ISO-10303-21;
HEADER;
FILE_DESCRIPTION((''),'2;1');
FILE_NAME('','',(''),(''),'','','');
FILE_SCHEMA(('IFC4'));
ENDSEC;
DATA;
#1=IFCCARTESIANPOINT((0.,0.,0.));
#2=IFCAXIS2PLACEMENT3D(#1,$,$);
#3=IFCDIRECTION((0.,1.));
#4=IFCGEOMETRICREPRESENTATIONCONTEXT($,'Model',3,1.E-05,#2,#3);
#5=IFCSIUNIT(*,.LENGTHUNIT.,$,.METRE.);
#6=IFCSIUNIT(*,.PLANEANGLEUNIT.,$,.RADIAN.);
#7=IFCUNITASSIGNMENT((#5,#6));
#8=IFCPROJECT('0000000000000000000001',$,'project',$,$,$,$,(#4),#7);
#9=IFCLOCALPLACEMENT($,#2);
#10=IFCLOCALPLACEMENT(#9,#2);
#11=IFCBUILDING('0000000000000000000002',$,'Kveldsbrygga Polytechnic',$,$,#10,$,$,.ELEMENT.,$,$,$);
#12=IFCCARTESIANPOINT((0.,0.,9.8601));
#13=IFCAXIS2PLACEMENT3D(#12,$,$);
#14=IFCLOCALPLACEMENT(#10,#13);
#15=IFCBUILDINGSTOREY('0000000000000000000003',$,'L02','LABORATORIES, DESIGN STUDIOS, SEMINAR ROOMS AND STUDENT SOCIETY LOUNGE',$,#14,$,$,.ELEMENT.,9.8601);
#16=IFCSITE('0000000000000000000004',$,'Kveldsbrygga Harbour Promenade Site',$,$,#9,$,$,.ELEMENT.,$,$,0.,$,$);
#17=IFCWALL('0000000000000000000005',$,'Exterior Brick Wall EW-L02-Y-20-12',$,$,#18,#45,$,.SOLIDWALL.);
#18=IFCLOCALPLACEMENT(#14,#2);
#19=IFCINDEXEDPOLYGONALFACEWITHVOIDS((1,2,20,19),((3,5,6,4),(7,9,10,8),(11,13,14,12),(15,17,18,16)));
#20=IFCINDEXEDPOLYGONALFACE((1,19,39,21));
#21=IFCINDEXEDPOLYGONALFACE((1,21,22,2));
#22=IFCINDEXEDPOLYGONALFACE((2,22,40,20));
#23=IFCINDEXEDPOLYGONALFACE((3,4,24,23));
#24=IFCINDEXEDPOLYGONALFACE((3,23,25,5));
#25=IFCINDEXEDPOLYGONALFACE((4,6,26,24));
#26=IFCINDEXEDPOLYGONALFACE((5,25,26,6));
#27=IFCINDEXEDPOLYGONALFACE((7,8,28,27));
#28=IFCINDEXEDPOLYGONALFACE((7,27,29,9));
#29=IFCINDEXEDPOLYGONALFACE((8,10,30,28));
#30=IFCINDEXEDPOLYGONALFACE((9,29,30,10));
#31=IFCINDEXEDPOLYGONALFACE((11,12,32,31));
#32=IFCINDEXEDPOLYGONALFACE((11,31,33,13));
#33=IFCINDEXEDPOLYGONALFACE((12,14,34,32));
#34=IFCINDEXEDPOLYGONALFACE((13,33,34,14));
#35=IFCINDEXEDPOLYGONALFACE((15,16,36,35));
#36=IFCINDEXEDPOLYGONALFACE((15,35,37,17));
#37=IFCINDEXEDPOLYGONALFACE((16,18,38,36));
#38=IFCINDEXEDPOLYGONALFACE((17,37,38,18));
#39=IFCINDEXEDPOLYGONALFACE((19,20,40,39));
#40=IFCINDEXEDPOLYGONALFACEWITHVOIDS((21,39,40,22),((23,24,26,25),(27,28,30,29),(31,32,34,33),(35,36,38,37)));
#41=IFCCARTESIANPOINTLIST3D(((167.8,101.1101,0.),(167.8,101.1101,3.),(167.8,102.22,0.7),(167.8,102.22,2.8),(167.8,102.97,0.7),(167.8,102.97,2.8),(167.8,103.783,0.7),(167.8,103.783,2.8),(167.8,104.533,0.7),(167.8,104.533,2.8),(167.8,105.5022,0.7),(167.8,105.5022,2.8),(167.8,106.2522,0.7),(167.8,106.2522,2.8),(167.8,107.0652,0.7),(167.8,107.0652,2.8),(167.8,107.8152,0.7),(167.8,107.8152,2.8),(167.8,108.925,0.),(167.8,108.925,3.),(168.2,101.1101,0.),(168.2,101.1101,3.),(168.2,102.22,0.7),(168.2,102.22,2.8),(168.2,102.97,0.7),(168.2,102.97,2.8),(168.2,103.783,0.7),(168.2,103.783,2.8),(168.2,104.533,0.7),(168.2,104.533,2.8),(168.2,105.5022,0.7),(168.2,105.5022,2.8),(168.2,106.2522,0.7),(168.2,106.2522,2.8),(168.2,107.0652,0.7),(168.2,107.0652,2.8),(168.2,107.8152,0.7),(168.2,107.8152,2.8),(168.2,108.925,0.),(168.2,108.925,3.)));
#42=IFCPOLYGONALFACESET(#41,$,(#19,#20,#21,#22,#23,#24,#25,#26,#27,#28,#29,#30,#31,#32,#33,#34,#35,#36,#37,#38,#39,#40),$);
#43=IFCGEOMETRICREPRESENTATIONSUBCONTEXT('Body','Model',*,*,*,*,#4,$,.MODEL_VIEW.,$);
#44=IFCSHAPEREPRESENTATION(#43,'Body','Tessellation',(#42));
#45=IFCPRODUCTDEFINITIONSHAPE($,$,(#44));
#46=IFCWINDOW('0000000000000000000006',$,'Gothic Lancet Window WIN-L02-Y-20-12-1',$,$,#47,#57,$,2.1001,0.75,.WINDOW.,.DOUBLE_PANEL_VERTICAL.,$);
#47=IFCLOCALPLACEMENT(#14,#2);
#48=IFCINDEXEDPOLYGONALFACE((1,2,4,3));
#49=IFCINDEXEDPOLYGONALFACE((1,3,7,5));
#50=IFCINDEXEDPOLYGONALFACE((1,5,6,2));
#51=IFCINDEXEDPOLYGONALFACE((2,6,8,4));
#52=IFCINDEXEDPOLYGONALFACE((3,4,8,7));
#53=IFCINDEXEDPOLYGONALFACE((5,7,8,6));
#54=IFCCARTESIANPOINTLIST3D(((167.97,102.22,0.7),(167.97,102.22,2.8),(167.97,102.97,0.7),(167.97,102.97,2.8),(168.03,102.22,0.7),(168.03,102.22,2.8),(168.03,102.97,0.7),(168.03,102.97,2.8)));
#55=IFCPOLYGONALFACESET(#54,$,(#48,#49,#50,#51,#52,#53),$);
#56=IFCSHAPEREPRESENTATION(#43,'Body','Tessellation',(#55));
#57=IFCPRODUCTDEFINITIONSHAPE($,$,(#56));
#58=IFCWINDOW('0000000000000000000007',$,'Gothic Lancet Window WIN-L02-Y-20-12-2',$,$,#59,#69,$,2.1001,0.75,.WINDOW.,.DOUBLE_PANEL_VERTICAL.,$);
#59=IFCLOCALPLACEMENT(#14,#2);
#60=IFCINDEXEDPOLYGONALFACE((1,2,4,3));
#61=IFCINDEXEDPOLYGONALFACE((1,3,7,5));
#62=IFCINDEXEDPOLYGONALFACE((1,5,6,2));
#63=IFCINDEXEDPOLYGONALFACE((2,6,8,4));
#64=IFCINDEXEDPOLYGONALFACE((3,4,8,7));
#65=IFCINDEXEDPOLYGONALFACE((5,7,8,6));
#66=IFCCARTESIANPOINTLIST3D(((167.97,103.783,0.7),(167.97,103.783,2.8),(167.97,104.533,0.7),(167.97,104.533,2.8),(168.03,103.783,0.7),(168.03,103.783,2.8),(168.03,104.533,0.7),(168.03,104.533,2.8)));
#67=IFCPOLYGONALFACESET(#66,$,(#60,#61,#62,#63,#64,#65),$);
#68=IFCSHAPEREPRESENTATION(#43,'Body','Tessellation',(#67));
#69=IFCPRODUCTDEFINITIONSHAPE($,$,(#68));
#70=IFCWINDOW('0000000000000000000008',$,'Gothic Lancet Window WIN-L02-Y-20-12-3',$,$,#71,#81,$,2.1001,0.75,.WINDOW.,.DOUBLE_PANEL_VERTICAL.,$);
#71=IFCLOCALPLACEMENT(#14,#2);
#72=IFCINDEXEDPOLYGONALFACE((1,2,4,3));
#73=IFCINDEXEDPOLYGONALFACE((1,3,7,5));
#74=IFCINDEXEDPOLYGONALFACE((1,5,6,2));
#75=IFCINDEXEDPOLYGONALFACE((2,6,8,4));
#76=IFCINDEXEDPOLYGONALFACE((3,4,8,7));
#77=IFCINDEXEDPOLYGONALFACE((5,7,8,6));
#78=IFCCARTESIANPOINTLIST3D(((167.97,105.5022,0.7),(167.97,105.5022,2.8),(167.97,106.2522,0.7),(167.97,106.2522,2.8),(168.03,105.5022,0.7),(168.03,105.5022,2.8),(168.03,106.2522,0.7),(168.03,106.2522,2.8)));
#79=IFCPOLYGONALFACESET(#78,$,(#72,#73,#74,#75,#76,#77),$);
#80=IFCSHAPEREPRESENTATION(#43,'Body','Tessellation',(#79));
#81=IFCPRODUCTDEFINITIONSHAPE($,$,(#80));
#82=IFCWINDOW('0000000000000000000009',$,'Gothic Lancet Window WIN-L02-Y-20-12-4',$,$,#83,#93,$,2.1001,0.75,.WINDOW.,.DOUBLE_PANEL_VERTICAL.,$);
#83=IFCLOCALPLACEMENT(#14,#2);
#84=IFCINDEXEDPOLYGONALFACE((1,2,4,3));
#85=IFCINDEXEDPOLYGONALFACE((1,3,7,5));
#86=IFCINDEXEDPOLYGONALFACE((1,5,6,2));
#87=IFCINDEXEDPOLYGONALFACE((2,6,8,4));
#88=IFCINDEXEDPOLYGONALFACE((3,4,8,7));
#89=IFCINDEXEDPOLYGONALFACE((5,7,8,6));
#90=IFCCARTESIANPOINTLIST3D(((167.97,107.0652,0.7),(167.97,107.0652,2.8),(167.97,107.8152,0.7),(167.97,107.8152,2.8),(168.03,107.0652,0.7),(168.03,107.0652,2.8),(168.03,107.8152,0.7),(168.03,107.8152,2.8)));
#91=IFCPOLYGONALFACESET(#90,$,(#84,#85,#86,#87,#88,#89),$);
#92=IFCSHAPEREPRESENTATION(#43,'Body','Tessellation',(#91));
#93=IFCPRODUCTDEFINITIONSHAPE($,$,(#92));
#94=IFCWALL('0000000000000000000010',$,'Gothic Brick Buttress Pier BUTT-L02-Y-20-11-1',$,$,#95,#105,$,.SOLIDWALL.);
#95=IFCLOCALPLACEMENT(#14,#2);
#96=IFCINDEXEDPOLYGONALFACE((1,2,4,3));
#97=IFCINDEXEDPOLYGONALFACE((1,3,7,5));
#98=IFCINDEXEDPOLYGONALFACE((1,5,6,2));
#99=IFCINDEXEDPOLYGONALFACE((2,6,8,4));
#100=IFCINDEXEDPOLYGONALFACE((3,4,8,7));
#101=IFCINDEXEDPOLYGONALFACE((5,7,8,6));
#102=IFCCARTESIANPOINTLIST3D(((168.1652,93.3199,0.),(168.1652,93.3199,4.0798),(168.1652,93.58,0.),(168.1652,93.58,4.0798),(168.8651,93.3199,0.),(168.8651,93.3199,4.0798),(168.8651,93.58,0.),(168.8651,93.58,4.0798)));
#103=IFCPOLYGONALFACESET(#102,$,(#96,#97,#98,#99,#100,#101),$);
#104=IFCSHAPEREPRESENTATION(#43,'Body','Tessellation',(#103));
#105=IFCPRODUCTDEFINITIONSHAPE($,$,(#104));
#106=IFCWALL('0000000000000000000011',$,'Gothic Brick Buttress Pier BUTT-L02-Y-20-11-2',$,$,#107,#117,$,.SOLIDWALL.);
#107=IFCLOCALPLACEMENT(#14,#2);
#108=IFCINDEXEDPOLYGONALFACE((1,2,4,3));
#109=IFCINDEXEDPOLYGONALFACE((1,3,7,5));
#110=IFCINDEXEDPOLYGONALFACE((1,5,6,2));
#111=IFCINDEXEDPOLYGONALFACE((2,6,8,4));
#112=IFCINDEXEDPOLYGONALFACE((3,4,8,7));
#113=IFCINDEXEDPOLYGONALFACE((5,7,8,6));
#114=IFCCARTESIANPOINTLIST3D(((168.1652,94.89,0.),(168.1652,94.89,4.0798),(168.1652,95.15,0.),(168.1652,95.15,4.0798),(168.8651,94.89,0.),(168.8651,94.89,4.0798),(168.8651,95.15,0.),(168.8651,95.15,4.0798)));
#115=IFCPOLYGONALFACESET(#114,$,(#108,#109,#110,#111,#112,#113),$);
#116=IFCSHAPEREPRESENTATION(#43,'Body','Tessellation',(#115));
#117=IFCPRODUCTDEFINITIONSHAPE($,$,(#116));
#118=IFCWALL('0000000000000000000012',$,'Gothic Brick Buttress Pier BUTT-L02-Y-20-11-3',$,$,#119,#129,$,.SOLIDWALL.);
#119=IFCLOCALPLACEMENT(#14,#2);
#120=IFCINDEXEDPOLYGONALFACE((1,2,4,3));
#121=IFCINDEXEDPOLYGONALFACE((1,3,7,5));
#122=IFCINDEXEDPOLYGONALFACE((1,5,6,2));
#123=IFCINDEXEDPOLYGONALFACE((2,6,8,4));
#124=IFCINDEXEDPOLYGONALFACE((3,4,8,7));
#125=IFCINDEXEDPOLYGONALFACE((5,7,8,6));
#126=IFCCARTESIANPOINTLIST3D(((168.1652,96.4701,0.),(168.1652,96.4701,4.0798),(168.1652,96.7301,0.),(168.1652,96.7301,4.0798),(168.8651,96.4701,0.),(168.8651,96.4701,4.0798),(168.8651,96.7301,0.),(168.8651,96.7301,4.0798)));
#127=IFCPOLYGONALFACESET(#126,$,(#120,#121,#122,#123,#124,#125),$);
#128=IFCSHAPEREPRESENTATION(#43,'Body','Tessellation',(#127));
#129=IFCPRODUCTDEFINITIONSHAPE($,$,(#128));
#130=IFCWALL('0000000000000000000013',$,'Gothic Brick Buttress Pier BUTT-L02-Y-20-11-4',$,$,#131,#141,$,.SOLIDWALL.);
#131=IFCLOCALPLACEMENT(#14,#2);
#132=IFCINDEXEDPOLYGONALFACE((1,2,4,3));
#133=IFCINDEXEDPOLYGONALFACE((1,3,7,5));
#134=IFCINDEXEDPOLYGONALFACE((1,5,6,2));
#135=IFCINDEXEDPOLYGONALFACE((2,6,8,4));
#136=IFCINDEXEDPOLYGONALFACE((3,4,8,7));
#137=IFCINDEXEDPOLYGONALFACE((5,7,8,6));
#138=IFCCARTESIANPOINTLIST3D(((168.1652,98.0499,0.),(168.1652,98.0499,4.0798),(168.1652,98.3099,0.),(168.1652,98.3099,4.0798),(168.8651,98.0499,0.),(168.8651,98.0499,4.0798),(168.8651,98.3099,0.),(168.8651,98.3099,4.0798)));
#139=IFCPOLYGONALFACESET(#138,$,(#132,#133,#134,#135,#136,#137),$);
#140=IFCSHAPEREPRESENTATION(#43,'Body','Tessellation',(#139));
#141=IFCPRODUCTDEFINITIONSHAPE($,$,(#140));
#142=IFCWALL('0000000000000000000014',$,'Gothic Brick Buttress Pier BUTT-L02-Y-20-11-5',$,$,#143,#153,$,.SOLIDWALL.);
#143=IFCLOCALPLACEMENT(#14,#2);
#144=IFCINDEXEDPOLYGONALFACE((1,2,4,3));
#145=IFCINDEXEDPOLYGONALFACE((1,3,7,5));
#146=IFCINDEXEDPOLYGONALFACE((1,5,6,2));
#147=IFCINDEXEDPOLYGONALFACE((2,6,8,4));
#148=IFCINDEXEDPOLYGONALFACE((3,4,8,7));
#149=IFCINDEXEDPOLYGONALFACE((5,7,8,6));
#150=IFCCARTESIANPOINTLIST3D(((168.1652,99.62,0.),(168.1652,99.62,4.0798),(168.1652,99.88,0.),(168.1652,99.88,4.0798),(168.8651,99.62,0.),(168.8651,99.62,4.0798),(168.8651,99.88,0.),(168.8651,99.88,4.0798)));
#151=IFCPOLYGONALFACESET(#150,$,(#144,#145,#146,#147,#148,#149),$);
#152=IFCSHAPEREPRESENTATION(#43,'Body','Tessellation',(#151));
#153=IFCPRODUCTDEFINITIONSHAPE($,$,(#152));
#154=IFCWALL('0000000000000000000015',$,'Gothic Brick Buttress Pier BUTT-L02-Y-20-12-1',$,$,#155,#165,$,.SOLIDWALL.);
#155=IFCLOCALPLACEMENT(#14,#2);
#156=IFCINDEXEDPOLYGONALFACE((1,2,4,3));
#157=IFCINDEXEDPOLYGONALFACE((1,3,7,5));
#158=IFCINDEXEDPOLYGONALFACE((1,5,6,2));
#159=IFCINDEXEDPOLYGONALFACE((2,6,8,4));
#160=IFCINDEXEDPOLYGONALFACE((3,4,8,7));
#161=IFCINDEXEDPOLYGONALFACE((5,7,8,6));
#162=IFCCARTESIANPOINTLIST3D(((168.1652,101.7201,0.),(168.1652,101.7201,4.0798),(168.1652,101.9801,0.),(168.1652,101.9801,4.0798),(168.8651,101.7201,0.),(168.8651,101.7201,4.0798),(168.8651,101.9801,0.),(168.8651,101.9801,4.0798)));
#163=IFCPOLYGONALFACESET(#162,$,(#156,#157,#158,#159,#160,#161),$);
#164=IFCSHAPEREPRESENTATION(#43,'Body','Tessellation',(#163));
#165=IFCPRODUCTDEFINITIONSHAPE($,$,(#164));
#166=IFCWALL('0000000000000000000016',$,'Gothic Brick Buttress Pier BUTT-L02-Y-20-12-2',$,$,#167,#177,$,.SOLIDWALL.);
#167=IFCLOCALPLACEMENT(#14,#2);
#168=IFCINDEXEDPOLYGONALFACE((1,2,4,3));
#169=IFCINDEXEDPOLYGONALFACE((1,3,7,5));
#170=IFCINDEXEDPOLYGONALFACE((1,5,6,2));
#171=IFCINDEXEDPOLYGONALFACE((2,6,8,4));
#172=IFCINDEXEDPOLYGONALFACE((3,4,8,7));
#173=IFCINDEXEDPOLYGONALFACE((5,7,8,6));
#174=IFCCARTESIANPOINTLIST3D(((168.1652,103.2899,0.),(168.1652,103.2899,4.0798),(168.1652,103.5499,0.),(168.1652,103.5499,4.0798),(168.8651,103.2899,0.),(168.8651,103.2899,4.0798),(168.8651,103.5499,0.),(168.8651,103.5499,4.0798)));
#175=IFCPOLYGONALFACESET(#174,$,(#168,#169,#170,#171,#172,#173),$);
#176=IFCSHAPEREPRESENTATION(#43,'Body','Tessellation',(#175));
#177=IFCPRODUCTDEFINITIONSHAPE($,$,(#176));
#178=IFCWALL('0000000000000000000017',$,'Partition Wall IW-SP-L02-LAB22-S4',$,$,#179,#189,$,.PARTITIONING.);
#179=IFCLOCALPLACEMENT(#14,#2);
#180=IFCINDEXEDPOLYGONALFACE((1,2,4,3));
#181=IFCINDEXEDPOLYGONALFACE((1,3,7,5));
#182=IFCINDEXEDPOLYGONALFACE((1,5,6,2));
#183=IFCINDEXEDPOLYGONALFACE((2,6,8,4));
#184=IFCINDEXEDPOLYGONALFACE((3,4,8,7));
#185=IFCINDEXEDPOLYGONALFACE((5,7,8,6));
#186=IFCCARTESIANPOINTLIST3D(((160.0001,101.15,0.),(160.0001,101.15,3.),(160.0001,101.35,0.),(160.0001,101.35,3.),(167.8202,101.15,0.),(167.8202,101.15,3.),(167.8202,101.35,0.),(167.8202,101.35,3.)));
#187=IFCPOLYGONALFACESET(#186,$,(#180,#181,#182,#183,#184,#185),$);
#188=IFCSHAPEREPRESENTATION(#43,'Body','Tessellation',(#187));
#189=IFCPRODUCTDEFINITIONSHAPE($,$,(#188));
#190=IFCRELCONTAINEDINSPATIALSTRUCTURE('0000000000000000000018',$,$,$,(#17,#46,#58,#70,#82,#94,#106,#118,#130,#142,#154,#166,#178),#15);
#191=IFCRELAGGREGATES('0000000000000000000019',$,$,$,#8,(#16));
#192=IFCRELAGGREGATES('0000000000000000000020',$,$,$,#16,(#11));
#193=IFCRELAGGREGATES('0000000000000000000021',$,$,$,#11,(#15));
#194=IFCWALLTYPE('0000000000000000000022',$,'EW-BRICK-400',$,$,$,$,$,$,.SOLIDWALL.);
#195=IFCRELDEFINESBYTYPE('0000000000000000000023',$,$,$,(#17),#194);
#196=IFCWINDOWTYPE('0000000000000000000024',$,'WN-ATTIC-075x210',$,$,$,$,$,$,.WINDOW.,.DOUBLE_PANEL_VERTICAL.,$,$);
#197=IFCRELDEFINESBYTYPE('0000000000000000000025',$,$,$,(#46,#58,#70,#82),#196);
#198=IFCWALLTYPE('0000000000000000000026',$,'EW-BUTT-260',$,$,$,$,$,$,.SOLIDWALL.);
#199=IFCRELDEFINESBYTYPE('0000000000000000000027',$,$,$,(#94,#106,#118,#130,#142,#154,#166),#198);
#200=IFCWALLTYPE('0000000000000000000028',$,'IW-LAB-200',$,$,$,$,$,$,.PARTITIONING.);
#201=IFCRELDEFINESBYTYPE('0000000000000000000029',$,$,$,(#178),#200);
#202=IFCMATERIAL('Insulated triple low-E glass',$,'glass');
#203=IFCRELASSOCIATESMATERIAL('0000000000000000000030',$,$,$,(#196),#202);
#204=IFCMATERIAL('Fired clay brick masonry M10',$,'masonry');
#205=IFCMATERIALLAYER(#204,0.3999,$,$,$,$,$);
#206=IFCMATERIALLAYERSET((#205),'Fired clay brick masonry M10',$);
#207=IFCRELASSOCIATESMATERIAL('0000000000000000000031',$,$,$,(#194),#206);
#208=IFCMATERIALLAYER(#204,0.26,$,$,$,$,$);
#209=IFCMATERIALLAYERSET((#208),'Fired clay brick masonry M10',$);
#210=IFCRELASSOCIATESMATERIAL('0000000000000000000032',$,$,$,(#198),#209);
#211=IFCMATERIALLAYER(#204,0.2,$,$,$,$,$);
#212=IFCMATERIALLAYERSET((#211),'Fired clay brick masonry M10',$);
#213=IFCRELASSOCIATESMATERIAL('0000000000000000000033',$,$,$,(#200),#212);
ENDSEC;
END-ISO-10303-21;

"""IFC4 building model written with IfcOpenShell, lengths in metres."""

from ifc_helpers import new_model, si_unit, direction, frame, frame_2d, origin, place, context, subcontext, project, spatial, rectangle, extrude, material, layer, layer_set, type_object, element, fill, save


model = new_model("IFC4")

# Units and contexts
model_context = context("Model", 3, precision=1e-05, world=origin(), true_north=direction((0.0, 1.0)))
body_context = subcontext(model_context, "Body", "Model", "MODEL_VIEW")
ifc_project = project(units=[si_unit("LENGTHUNIT", "METRE"), si_unit("PLANEANGLEUNIT", "RADIAN")], contexts=[model_context])

# Site, building, storey
site_placement = place(None, origin())
site = spatial("IfcSite", under=ifc_project, at=site_placement, Name="Kveldsbrygga Harbour Promenade Site", CompositionType="ELEMENT", RefElevation=0.0)
building_placement = place(site_placement, origin())
building = spatial("IfcBuilding", under=site, at=building_placement, Name="Kveldsbrygga Polytechnic", CompositionType="ELEMENT")
storey_placement = place(building_placement, frame((0.0, 0.0, 9.8601)))
storey = spatial("IfcBuildingStorey", under=building, at=storey_placement, Name="L02", Description="LABORATORIES, DESIGN STUDIOS, SEMINAR ROOMS AND STUDENT SOCIETY LOUNGE", CompositionType="ELEMENT", Elevation=9.8601)

# Wall, openings, windows
ifc_material_1 = material(Name="Fired clay brick masonry M10", Category="masonry")
ifc_material_2 = material(Name="Insulated triple low-E glass", Category="glass")
window_type = type_object("IfcWindowType", Name="WN-ATTIC-075x210", PartitioningType="DOUBLE_PANEL_VERTICAL", PredefinedType="WINDOW", material=ifc_material_2)
ifc_layer_1 = layer(ifc_material_1, 0.3999)
ifc_layer_set_1 = layer_set([ifc_layer_1], Name="Fired clay brick masonry M10")
wall_type_1 = type_object("IfcWallType", Name="EW-BRICK-400", PredefinedType="SOLIDWALL", material=ifc_layer_set_1)
wall_1_placement = place(storey_placement, frame((168.0, 101.1101, 0.0), z_axis=(0.0, 0.0, 1.0), x_axis=(0.0, 1.0, 0.0)))
wall_1 = element("IfcWall", 1, at=wall_1_placement, inside=storey, type_object=wall_type_1, Name="Exterior Brick Wall EW-L02-Y-20-12", PredefinedType="SOLIDWALL", context=body_context, shape_type="SweptSolid", body=[
    extrude(rectangle(XDim=7.8149, YDim=0.3999, at=frame_2d((3.9075, 0.0))), origin(), (0.0, 0.0, 1.0), 3.0),
])
opening_1_placement = place(wall_1_placement, frame((1.1099, 0.0, 0.7)))
opening_1 = element("IfcOpeningElement", 2, at=opening_1_placement, cuts=wall_1, PredefinedType="OPENING", context=body_context, shape_type="SweptSolid", body=[
    extrude(rectangle(XDim=0.75, YDim=2.1001, at=frame_2d((0.375, 1.05))), frame((0.0, 0.21, 0.0), z_axis=(0.0, -1.0, 0.0), x_axis=(1.0, 0.0, 0.0)), (0.0, 0.0, 1.0), 0.4199),
])
opening_2_placement = place(wall_1_placement, frame((2.6729, 0.0, 0.7)))
opening_2 = element("IfcOpeningElement", 3, at=opening_2_placement, cuts=wall_1, PredefinedType="OPENING", context=body_context, shape_type="SweptSolid", body=[
    extrude(rectangle(XDim=0.75, YDim=2.1001, at=frame_2d((0.375, 1.05))), frame((0.0, 0.21, 0.0), z_axis=(0.0, -1.0, 0.0), x_axis=(1.0, 0.0, 0.0)), (0.0, 0.0, 1.0), 0.4199),
])
opening_3_placement = place(wall_1_placement, frame((4.3921, 0.0, 0.7)))
opening_3 = element("IfcOpeningElement", 4, at=opening_3_placement, cuts=wall_1, PredefinedType="OPENING", context=body_context, shape_type="SweptSolid", body=[
    extrude(rectangle(XDim=0.75, YDim=2.1001, at=frame_2d((0.375, 1.05))), frame((0.0, 0.21, 0.0), z_axis=(0.0, -1.0, 0.0), x_axis=(1.0, 0.0, 0.0)), (0.0, 0.0, 1.0), 0.4199),
])
opening_4_placement = place(wall_1_placement, frame((5.9551, 0.0, 0.7)))
opening_4 = element("IfcOpeningElement", 5, at=opening_4_placement, cuts=wall_1, PredefinedType="OPENING", context=body_context, shape_type="SweptSolid", body=[
    extrude(rectangle(XDim=0.75, YDim=2.1001, at=frame_2d((0.375, 1.05))), frame((0.0, 0.21, 0.0), z_axis=(0.0, -1.0, 0.0), x_axis=(1.0, 0.0, 0.0)), (0.0, 0.0, 1.0), 0.4199),
])
window_1_placement = place(opening_1_placement, origin())
window_1 = element("IfcWindow", 6, at=window_1_placement, inside=storey, type_object=window_type, Name="Gothic Lancet Window WIN-L02-Y-20-12-1", OverallHeight=2.1001, OverallWidth=0.75, PartitioningType="DOUBLE_PANEL_VERTICAL", PredefinedType="WINDOW", context=body_context, shape_type="SweptSolid", body=[
    extrude(rectangle(XDim=0.75, YDim=2.1001, at=frame_2d((0.375, 1.05))), frame((0.0, 0.03, 0.0), z_axis=(0.0, -1.0, 0.0), x_axis=(1.0, 0.0, 0.0)), (0.0, 0.0, 1.0), 0.0601),
])
fill(opening_1, window_1)
window_2_placement = place(opening_2_placement, origin())
window_2 = element("IfcWindow", 7, at=window_2_placement, inside=storey, type_object=window_type, Name="Gothic Lancet Window WIN-L02-Y-20-12-2", OverallHeight=2.1001, OverallWidth=0.75, PartitioningType="DOUBLE_PANEL_VERTICAL", PredefinedType="WINDOW", context=body_context, shape_type="SweptSolid", body=[
    extrude(rectangle(XDim=0.75, YDim=2.1001, at=frame_2d((0.375, 1.05))), frame((0.0, 0.03, 0.0), z_axis=(0.0, -1.0, 0.0), x_axis=(1.0, 0.0, 0.0)), (0.0, 0.0, 1.0), 0.0601),
])
fill(opening_2, window_2)
window_3_placement = place(opening_3_placement, origin())
window_3 = element("IfcWindow", 8, at=window_3_placement, inside=storey, type_object=window_type, Name="Gothic Lancet Window WIN-L02-Y-20-12-3", OverallHeight=2.1001, OverallWidth=0.75, PartitioningType="DOUBLE_PANEL_VERTICAL", PredefinedType="WINDOW", context=body_context, shape_type="SweptSolid", body=[
    extrude(rectangle(XDim=0.75, YDim=2.1001, at=frame_2d((0.375, 1.05))), frame((0.0, 0.03, 0.0), z_axis=(0.0, -1.0, 0.0), x_axis=(1.0, 0.0, 0.0)), (0.0, 0.0, 1.0), 0.0601),
])
fill(opening_3, window_3)
window_4_placement = place(opening_4_placement, origin())
window_4 = element("IfcWindow", 9, at=window_4_placement, inside=storey, type_object=window_type, Name="Gothic Lancet Window WIN-L02-Y-20-12-4", OverallHeight=2.1001, OverallWidth=0.75, PartitioningType="DOUBLE_PANEL_VERTICAL", PredefinedType="WINDOW", context=body_context, shape_type="SweptSolid", body=[
    extrude(rectangle(XDim=0.75, YDim=2.1001, at=frame_2d((0.375, 1.05))), frame((0.0, 0.03, 0.0), z_axis=(0.0, -1.0, 0.0), x_axis=(1.0, 0.0, 0.0)), (0.0, 0.0, 1.0), 0.0601),
])
fill(opening_4, window_4)

# Walls
ifc_layer_2 = layer(ifc_material_1, 0.26)
ifc_layer_set_2 = layer_set([ifc_layer_2], Name="Fired clay brick masonry M10")
wall_type_2 = type_object("IfcWallType", Name="EW-BUTT-260", PredefinedType="SOLIDWALL", material=ifc_layer_set_2)
for number, where, z_axis, x_axis, name in (
    (10, (168.165, 93.45, 0.0), (0.0, 0.0, 1.0), (1.0, 0.0, 0.0), "Gothic Brick Buttress Pier BUTT-L02-Y-20-11-1"),
    (11, (168.165, 95.02, 0.0), (0.0, 0.0, 1.0), (1.0, 0.0, 0.0), "Gothic Brick Buttress Pier BUTT-L02-Y-20-11-2"),
    (12, (168.165, 96.6001, 0.0), (0.0, 0.0, 1.0), (1.0, 0.0, 0.0), "Gothic Brick Buttress Pier BUTT-L02-Y-20-11-3"),
    (13, (168.165, 98.1799, 0.0), (0.0, 0.0, 1.0), (1.0, 0.0, 0.0), "Gothic Brick Buttress Pier BUTT-L02-Y-20-11-4"),
    (14, (168.165, 99.75, 0.0), (0.0, 0.0, 1.0), (1.0, 0.0, 0.0), "Gothic Brick Buttress Pier BUTT-L02-Y-20-11-5"),
    (15, (168.165, 101.8501, 0.0), (0.0, 0.0, 1.0), (1.0, 0.0, 0.0), "Gothic Brick Buttress Pier BUTT-L02-Y-20-12-1"),
    (16, (168.165, 103.4199, 0.0), (0.0, 0.0, 1.0), (1.0, 0.0, 0.0), "Gothic Brick Buttress Pier BUTT-L02-Y-20-12-2"),
):
    element("IfcWall", number, at=place(storey_placement, frame(where, z_axis=z_axis, x_axis=x_axis)), inside=storey, type_object=wall_type_2, Name=name, PredefinedType="SOLIDWALL", context=body_context, shape_type="SweptSolid", body=[
        extrude(rectangle(XDim=0.7, YDim=0.26, at=frame_2d((0.3501, 0.0))), origin(), (0.0, 0.0, 1.0), 4.0798),
    ])
ifc_layer_3 = layer(ifc_material_1, 0.2)
ifc_layer_set_3 = layer_set([ifc_layer_3], Name="Fired clay brick masonry M10")
wall_type_3 = type_object("IfcWallType", Name="IW-LAB-200", PredefinedType="PARTITIONING", material=ifc_layer_set_3)
wall_2_placement = place(storey_placement, frame((160.0, 101.25, 0.0), z_axis=(0.0, 0.0, 1.0), x_axis=(1.0, 0.0, 0.0)))
element("IfcWall", 17, at=wall_2_placement, inside=storey, type_object=wall_type_3, Name="Partition Wall IW-SP-L02-LAB22-S4", PredefinedType="PARTITIONING", context=body_context, shape_type="SweptSolid", body=[
    extrude(rectangle(XDim=7.8201, YDim=0.2, at=frame_2d((3.9102, 0.0))), origin(), (0.0, 0.0, 1.0), 3.0),
])

save(model, "model.ifc")
